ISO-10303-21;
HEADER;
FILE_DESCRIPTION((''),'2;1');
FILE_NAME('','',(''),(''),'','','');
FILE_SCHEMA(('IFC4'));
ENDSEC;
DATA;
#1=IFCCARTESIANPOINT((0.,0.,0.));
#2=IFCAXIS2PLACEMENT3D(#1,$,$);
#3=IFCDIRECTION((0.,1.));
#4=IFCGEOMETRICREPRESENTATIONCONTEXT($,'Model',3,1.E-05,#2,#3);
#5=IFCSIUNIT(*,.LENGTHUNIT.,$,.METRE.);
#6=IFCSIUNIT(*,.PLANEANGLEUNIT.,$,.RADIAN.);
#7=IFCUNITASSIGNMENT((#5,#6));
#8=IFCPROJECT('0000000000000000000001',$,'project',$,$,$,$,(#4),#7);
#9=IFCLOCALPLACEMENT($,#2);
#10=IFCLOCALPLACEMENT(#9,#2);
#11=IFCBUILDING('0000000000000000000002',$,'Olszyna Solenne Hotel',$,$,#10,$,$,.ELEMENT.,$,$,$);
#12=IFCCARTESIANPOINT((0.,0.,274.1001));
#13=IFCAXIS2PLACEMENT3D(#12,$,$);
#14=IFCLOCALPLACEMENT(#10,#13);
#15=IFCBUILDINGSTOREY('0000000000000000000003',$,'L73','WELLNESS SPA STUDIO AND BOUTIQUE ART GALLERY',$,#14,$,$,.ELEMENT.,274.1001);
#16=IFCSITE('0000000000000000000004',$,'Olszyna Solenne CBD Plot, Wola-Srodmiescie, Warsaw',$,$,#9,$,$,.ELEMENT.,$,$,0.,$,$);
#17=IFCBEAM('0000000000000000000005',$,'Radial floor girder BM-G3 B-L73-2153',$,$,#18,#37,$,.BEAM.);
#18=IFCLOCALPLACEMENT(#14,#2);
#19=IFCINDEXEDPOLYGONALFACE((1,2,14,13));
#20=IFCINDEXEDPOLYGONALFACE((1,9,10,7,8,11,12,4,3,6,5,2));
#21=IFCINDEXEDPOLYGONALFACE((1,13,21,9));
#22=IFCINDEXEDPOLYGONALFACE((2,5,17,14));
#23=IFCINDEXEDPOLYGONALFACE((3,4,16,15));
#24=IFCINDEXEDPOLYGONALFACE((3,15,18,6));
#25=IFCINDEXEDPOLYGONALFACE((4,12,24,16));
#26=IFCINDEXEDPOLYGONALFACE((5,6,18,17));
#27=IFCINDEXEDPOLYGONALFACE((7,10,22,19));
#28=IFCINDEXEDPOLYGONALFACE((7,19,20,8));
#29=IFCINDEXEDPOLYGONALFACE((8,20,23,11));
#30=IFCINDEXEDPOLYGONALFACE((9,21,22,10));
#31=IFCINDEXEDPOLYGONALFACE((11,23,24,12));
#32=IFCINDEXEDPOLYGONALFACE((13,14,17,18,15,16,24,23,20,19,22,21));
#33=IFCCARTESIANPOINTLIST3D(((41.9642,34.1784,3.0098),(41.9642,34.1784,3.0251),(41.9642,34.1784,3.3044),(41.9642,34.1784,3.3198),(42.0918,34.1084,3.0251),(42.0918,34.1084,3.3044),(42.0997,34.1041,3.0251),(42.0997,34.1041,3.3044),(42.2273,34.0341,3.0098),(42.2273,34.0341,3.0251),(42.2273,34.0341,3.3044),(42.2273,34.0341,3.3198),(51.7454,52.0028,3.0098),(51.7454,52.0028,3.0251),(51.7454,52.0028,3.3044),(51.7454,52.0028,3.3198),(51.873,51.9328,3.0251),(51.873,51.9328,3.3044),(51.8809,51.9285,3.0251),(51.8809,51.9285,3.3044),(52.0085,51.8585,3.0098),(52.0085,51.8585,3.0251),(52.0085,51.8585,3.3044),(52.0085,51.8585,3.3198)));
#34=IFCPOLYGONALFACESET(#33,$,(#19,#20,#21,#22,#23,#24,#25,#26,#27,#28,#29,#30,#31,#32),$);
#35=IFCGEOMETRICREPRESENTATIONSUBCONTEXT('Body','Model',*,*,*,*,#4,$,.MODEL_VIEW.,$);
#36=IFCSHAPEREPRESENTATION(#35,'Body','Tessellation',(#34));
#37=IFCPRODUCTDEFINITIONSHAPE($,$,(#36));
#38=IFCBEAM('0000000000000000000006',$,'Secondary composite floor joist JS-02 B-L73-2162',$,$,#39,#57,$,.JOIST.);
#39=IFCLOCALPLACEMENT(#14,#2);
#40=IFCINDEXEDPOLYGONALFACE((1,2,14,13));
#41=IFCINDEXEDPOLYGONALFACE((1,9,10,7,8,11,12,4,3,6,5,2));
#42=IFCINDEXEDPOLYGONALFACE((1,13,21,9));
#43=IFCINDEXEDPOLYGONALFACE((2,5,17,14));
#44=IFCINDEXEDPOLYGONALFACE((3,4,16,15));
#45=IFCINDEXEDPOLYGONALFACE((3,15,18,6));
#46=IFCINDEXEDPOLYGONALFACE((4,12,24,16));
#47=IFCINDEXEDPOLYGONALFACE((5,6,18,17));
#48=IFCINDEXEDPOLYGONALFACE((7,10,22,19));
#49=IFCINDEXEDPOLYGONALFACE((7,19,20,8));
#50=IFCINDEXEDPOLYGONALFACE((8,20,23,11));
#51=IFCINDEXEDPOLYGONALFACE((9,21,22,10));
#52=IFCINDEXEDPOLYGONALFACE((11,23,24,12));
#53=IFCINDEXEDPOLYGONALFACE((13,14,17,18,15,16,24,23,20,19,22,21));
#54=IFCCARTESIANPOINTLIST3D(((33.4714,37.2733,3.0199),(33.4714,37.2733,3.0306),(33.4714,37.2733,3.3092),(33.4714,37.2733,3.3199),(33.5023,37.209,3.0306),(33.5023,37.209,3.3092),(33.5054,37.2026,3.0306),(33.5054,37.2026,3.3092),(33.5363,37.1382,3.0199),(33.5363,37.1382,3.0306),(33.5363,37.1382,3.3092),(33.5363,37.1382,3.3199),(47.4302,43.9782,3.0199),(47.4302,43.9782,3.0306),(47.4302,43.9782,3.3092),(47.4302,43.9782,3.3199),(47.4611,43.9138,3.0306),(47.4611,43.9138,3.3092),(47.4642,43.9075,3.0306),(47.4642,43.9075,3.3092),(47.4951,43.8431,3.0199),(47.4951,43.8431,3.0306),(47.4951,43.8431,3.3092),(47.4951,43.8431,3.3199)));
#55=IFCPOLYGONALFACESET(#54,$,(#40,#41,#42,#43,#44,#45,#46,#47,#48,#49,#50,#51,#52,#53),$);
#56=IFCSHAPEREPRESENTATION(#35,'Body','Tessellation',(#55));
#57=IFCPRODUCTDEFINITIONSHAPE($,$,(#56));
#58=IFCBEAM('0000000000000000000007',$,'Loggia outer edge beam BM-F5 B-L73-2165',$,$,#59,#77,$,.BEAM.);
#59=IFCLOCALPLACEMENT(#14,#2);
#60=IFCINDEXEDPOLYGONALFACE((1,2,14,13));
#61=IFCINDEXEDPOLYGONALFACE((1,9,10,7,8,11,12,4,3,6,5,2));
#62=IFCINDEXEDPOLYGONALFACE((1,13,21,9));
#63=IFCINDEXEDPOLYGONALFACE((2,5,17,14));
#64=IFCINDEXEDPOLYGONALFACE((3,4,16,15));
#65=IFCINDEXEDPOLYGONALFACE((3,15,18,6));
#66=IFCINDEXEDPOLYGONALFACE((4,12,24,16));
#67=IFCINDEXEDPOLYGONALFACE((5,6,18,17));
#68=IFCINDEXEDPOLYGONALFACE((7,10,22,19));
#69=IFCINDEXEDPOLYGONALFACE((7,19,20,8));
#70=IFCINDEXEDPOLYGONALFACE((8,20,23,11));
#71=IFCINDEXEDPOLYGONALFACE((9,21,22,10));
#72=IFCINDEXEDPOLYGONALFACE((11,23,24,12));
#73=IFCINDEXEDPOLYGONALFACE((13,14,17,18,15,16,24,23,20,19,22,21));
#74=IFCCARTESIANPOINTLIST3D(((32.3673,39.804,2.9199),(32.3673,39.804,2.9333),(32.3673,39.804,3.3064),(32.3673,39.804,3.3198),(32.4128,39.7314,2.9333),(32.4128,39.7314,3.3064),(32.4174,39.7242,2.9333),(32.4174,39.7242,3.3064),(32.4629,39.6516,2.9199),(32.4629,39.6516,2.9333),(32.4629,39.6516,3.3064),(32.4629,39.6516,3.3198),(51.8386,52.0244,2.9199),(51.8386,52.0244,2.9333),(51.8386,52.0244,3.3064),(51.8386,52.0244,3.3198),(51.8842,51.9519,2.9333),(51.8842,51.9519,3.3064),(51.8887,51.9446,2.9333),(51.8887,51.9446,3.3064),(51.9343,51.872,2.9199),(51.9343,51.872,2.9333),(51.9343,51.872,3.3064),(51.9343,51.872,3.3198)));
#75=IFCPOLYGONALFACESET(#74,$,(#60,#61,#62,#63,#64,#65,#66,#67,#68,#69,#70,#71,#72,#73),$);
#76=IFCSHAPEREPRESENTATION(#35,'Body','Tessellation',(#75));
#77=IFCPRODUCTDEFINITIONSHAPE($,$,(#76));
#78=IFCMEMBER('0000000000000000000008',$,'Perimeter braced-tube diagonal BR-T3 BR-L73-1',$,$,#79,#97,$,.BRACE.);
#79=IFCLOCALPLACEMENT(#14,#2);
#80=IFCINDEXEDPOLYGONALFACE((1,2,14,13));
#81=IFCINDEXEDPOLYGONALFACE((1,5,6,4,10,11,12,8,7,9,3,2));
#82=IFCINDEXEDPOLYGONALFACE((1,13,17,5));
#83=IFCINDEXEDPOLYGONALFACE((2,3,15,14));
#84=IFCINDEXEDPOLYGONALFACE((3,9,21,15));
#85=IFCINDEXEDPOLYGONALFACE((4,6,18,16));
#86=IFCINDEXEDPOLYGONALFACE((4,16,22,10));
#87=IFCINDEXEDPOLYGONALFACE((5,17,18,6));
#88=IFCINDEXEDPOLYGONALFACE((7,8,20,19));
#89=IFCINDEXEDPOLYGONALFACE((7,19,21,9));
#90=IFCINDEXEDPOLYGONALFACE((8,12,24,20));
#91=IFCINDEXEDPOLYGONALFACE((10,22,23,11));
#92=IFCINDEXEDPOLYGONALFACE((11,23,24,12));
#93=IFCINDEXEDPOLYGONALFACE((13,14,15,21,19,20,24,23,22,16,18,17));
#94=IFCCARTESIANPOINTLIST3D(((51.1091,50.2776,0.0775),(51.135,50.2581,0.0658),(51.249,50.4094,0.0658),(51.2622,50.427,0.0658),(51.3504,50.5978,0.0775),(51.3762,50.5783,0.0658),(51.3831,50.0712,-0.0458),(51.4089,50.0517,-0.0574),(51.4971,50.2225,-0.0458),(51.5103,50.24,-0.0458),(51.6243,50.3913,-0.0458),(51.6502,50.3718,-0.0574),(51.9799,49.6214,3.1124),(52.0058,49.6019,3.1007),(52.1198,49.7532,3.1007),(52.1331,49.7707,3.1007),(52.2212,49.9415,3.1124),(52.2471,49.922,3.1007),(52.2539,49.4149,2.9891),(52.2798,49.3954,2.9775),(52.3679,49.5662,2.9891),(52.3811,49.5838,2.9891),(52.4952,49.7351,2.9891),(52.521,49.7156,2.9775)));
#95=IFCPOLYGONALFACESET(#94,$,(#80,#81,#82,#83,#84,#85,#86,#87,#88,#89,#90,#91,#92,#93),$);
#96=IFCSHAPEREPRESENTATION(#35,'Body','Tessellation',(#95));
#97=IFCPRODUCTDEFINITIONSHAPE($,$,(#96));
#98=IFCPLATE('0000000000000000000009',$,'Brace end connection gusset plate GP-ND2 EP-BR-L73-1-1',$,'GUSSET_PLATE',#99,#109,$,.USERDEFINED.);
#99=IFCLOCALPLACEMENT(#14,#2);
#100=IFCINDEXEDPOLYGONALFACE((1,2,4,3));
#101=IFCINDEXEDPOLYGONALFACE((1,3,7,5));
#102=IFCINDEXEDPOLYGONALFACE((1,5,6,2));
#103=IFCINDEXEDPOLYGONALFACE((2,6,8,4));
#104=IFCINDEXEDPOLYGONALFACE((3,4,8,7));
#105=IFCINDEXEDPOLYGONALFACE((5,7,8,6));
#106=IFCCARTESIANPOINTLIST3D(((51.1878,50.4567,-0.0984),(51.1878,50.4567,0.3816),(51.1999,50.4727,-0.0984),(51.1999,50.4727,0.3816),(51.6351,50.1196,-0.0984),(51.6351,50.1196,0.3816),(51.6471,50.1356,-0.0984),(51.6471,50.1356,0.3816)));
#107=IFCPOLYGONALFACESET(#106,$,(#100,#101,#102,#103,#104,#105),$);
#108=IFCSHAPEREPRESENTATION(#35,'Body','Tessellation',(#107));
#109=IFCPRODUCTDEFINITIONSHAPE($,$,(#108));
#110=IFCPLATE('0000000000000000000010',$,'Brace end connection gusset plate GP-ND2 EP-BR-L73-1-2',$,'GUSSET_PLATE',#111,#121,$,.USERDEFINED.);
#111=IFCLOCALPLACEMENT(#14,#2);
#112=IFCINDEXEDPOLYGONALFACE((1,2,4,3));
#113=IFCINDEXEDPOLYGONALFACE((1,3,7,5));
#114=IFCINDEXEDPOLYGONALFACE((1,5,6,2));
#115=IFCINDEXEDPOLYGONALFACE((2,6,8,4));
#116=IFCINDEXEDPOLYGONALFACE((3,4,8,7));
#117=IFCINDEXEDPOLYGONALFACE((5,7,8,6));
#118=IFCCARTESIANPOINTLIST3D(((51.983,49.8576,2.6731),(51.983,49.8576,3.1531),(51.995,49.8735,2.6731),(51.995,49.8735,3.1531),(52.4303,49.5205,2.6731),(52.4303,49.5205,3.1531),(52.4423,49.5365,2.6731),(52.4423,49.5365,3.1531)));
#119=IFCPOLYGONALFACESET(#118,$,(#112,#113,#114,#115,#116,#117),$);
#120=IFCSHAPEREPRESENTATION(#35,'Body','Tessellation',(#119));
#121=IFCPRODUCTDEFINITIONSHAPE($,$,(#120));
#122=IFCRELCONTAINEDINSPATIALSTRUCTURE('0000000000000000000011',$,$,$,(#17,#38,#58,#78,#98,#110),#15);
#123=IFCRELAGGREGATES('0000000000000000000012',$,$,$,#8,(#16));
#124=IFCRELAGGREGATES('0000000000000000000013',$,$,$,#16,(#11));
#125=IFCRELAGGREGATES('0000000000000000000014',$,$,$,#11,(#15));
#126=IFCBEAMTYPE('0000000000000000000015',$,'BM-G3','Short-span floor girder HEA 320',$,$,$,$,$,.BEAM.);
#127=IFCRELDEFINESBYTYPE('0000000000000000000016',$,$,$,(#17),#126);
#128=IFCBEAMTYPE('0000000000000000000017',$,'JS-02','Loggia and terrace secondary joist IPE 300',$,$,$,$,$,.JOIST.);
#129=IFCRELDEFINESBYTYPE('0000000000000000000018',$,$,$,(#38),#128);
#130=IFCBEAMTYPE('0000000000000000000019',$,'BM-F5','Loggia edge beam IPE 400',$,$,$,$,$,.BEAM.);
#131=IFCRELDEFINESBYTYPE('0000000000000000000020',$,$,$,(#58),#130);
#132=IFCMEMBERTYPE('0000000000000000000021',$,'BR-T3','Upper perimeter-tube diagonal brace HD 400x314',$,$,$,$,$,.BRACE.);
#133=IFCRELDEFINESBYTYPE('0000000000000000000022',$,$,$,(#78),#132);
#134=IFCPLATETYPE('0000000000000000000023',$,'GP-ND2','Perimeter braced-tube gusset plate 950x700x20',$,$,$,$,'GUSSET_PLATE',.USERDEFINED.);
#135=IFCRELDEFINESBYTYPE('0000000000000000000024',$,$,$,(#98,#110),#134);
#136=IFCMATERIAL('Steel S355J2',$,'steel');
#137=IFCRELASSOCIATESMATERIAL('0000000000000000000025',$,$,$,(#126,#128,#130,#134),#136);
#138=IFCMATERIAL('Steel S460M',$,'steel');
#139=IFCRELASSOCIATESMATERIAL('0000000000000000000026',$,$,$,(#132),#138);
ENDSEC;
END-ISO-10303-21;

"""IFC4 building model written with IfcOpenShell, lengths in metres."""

from ifc_helpers import new_model, si_unit, direction, frame, origin, origin_2d, place, context, subcontext, project, spatial, rectangle, i_section, extrude, source, transform, mapped, material, material_profile, profile_set, type_object, element, save


model = new_model("IFC4")

# Units and contexts
model_context = context("Model", 3, precision=1e-05, world=origin(), true_north=direction((0.0, 1.0)))
body_context = subcontext(model_context, "Body", "Model", "MODEL_VIEW")
ifc_project = project(units=[si_unit("LENGTHUNIT", "METRE"), si_unit("PLANEANGLEUNIT", "RADIAN")], contexts=[model_context])

# Site, building, storey
site_placement = place(None, origin())
site = spatial("IfcSite", under=ifc_project, at=site_placement, Name="Olszyna Solenne CBD Plot, Wola-Srodmiescie, Warsaw", CompositionType="ELEMENT", RefElevation=0.0)
building_placement = place(site_placement, origin())
building = spatial("IfcBuilding", under=site, at=building_placement, Name="Olszyna Solenne Hotel", CompositionType="ELEMENT")
storey_placement = place(building_placement, frame((0.0, 0.0, 274.1001)))
storey = spatial("IfcBuildingStorey", under=building, at=storey_placement, Name="L73", Description="WELLNESS SPA STUDIO AND BOUTIQUE ART GALLERY", CompositionType="ELEMENT", Elevation=274.1001)

# Shared definitions
ifc_material_1 = material(Name="Steel S460M", Category="steel")

# Beams
ifc_material_2 = material(Name="Steel S355J2", Category="steel")
ifc_material_profile_1 = material_profile(ifc_material_2, i_section(OverallWidth=0.3, OverallDepth=0.3101, WebThickness=0.009, FlangeThickness=0.0154, at=origin_2d()), Name="HEA 320", Category="load-bearing")
ifc_profile_set_1 = profile_set([ifc_material_profile_1], Name="Steel S355J2")
beam_type_1 = type_object("IfcBeamType", Name="BM-G3", Description="Short-span floor girder HEA 320", PredefinedType="BEAM", material=ifc_profile_set_1)
shared_shape_1 = source(origin(), body_context, "Body", "SweptSolid", [
    extrude(i_section(OverallWidth=0.3, OverallDepth=0.3101, WebThickness=0.009, FlangeThickness=0.0154, at=origin_2d()), origin(), (0.0, 0.0, 1.0), 20.3318),
])
beam_1_placement = place(storey_placement, frame((51.877, 51.9307, 3.1648), z_axis=(-0.48108, -0.876677, 0.0), x_axis=(0.876677, -0.48108, 0.0)))
element("IfcBeam", 1, at=beam_1_placement, inside=storey, type_object=beam_type_1, Name="Radial floor girder BM-G3 B-L73-2153", PredefinedType="BEAM", context=body_context, shape_type="MappedRepresentation", body=[
    mapped(shared_shape_1, transform((0.0, 0.0, 0.0), x_axis=(1.0, 0.0, 0.0), y_axis=(0.0, 1.0, 0.0), z_axis=(0.0, 0.0, 1.0), scale=1.0)),
])
ifc_material_profile_2 = material_profile(ifc_material_2, i_section(OverallWidth=0.1499, OverallDepth=0.3, WebThickness=0.0071, FlangeThickness=0.0107, at=origin_2d()), Name="IPE 300", Category="load-bearing")
ifc_profile_set_2 = profile_set([ifc_material_profile_2], Name="Steel S355J2")
beam_type_2 = type_object("IfcBeamType", Name="JS-02", Description="Loggia and terrace secondary joist IPE 300", PredefinedType="JOIST", material=ifc_profile_set_2)
shared_shape_2 = source(origin(), body_context, "Body", "SweptSolid", [
    extrude(i_section(OverallWidth=0.1499, OverallDepth=0.3, WebThickness=0.0071, FlangeThickness=0.0107, at=origin_2d()), origin(), (0.0, 0.0, 1.0), 15.4856),
])
beam_2_placement = place(storey_placement, frame((47.4626, 43.9106, 3.1699), z_axis=(-0.901406, -0.432975, 0.0), x_axis=(0.432975, -0.901406, 0.0)))
element("IfcBeam", 2, at=beam_2_placement, inside=storey, type_object=beam_type_2, Name="Secondary composite floor joist JS-02 B-L73-2162", PredefinedType="JOIST", context=body_context, shape_type="MappedRepresentation", body=[
    mapped(shared_shape_2, transform((0.0, 0.0, 0.0), x_axis=(1.0, 0.0, 0.0), y_axis=(0.0, 1.0, 0.0), z_axis=(0.0, 0.0, 1.0), scale=1.0)),
])
ifc_material_profile_3 = material_profile(ifc_material_2, i_section(OverallWidth=0.1799, OverallDepth=0.3999, WebThickness=0.0085, FlangeThickness=0.0134, at=origin_2d()), Name="IPE 400", Category="load-bearing")
ifc_profile_set_3 = profile_set([ifc_material_profile_3], Name="Steel S355J2")
beam_type_3 = type_object("IfcBeamType", Name="BM-F5", Description="Loggia edge beam IPE 400", PredefinedType="BEAM", material=ifc_profile_set_3)
shared_shape_3 = source(origin(), body_context, "Body", "SweptSolid", [
    extrude(i_section(OverallWidth=0.1799, OverallDepth=0.3999, WebThickness=0.0085, FlangeThickness=0.0134, at=origin_2d()), origin(), (0.0, 0.0, 1.0), 22.9885),
])
beam_3_placement = place(storey_placement, frame((51.8865, 51.9482, 3.1199), z_axis=(-0.847003, -0.531587, 0.0), x_axis=(0.531587, -0.847003, 0.0)))
element("IfcBeam", 3, at=beam_3_placement, inside=storey, type_object=beam_type_3, Name="Loggia outer edge beam BM-F5 B-L73-2165", PredefinedType="BEAM", context=body_context, shape_type="MappedRepresentation", body=[
    mapped(shared_shape_3, transform((0.0, 0.0, 0.0), x_axis=(1.0, 0.0, 0.0), y_axis=(0.0, 1.0, 0.0), z_axis=(0.0, 0.0, 1.0), scale=1.0)),
])

# Member
ifc_material_profile_4 = material_profile(ifc_material_1, i_section(OverallWidth=0.4009, OverallDepth=0.3989, WebThickness=0.022, FlangeThickness=0.0344, at=origin_2d()), Name="HD 400x314", Category="load-bearing")
ifc_profile_set_4 = profile_set([ifc_material_profile_4], Name="Steel S460M")
member_type = type_object("IfcMemberType", Name="BR-T3", Description="Upper perimeter-tube diagonal brace HD 400x314", PredefinedType="BRACE", material=ifc_profile_set_4)
shared_shape_4 = source(origin(), body_context, "Body", "SweptSolid", [
    extrude(i_section(OverallWidth=0.4009, OverallDepth=0.3989, WebThickness=0.022, FlangeThickness=0.0344, at=origin_2d()), origin(), (0.0, 0.0, 1.0), 3.2249),
])
member_placement = place(storey_placement, frame((51.3796, 50.3247, 0.01), z_axis=(0.270042, -0.203497, 0.941098), x_axis=(0.601825, 0.798628, 0.0)))
element("IfcMember", 4, at=member_placement, inside=storey, type_object=member_type, Name="Perimeter braced-tube diagonal BR-T3 BR-L73-1", PredefinedType="BRACE", context=body_context, shape_type="MappedRepresentation", body=[
    mapped(shared_shape_4, transform((0.0, 0.0, 0.0), x_axis=(1.0, 0.0, 0.0), y_axis=(0.0, 1.0, 0.0), z_axis=(0.0, 0.0, 1.0), scale=1.0)),
])

# Plates
plate_type = type_object("IfcPlateType", Name="GP-ND2", Description="Perimeter braced-tube gusset plate 950x700x20", ElementType="GUSSET_PLATE", PredefinedType="USERDEFINED", material=ifc_material_2)
shared_shape_5 = source(origin(), body_context, "Body", "SweptSolid", [
    extrude(rectangle(XDim=0.5601, YDim=0.02, at=origin_2d()), origin(), (0.0, 0.0, 1.0), 0.48),
])
for number, where, z_axis, x_axis, name in (
    (5, (51.4175, 50.2961, -0.0984), (0.0, 0.0, 1.0), (0.798636, -0.601815, 0.0), "Brace end connection gusset plate GP-ND2 EP-BR-L73-1-1"),
    (6, (52.2126, 49.697, 2.6731), (0.0, 0.0, 1.0), (0.798636, -0.601815, 0.0), "Brace end connection gusset plate GP-ND2 EP-BR-L73-1-2"),
):
    element("IfcPlate", number, at=place(storey_placement, frame(where, z_axis=z_axis, x_axis=x_axis)), inside=storey, type_object=plate_type, Name=name, ObjectType="GUSSET_PLATE", PredefinedType="USERDEFINED", context=body_context, shape_type="MappedRepresentation", body=[
        mapped(shared_shape_5, transform((0.0, 0.0, 0.0), x_axis=(1.0, 0.0, 0.0), y_axis=(0.0, 1.0, 0.0), z_axis=(0.0, 0.0, 1.0), scale=1.0)),
    ])

save(model, "model.ifc")
